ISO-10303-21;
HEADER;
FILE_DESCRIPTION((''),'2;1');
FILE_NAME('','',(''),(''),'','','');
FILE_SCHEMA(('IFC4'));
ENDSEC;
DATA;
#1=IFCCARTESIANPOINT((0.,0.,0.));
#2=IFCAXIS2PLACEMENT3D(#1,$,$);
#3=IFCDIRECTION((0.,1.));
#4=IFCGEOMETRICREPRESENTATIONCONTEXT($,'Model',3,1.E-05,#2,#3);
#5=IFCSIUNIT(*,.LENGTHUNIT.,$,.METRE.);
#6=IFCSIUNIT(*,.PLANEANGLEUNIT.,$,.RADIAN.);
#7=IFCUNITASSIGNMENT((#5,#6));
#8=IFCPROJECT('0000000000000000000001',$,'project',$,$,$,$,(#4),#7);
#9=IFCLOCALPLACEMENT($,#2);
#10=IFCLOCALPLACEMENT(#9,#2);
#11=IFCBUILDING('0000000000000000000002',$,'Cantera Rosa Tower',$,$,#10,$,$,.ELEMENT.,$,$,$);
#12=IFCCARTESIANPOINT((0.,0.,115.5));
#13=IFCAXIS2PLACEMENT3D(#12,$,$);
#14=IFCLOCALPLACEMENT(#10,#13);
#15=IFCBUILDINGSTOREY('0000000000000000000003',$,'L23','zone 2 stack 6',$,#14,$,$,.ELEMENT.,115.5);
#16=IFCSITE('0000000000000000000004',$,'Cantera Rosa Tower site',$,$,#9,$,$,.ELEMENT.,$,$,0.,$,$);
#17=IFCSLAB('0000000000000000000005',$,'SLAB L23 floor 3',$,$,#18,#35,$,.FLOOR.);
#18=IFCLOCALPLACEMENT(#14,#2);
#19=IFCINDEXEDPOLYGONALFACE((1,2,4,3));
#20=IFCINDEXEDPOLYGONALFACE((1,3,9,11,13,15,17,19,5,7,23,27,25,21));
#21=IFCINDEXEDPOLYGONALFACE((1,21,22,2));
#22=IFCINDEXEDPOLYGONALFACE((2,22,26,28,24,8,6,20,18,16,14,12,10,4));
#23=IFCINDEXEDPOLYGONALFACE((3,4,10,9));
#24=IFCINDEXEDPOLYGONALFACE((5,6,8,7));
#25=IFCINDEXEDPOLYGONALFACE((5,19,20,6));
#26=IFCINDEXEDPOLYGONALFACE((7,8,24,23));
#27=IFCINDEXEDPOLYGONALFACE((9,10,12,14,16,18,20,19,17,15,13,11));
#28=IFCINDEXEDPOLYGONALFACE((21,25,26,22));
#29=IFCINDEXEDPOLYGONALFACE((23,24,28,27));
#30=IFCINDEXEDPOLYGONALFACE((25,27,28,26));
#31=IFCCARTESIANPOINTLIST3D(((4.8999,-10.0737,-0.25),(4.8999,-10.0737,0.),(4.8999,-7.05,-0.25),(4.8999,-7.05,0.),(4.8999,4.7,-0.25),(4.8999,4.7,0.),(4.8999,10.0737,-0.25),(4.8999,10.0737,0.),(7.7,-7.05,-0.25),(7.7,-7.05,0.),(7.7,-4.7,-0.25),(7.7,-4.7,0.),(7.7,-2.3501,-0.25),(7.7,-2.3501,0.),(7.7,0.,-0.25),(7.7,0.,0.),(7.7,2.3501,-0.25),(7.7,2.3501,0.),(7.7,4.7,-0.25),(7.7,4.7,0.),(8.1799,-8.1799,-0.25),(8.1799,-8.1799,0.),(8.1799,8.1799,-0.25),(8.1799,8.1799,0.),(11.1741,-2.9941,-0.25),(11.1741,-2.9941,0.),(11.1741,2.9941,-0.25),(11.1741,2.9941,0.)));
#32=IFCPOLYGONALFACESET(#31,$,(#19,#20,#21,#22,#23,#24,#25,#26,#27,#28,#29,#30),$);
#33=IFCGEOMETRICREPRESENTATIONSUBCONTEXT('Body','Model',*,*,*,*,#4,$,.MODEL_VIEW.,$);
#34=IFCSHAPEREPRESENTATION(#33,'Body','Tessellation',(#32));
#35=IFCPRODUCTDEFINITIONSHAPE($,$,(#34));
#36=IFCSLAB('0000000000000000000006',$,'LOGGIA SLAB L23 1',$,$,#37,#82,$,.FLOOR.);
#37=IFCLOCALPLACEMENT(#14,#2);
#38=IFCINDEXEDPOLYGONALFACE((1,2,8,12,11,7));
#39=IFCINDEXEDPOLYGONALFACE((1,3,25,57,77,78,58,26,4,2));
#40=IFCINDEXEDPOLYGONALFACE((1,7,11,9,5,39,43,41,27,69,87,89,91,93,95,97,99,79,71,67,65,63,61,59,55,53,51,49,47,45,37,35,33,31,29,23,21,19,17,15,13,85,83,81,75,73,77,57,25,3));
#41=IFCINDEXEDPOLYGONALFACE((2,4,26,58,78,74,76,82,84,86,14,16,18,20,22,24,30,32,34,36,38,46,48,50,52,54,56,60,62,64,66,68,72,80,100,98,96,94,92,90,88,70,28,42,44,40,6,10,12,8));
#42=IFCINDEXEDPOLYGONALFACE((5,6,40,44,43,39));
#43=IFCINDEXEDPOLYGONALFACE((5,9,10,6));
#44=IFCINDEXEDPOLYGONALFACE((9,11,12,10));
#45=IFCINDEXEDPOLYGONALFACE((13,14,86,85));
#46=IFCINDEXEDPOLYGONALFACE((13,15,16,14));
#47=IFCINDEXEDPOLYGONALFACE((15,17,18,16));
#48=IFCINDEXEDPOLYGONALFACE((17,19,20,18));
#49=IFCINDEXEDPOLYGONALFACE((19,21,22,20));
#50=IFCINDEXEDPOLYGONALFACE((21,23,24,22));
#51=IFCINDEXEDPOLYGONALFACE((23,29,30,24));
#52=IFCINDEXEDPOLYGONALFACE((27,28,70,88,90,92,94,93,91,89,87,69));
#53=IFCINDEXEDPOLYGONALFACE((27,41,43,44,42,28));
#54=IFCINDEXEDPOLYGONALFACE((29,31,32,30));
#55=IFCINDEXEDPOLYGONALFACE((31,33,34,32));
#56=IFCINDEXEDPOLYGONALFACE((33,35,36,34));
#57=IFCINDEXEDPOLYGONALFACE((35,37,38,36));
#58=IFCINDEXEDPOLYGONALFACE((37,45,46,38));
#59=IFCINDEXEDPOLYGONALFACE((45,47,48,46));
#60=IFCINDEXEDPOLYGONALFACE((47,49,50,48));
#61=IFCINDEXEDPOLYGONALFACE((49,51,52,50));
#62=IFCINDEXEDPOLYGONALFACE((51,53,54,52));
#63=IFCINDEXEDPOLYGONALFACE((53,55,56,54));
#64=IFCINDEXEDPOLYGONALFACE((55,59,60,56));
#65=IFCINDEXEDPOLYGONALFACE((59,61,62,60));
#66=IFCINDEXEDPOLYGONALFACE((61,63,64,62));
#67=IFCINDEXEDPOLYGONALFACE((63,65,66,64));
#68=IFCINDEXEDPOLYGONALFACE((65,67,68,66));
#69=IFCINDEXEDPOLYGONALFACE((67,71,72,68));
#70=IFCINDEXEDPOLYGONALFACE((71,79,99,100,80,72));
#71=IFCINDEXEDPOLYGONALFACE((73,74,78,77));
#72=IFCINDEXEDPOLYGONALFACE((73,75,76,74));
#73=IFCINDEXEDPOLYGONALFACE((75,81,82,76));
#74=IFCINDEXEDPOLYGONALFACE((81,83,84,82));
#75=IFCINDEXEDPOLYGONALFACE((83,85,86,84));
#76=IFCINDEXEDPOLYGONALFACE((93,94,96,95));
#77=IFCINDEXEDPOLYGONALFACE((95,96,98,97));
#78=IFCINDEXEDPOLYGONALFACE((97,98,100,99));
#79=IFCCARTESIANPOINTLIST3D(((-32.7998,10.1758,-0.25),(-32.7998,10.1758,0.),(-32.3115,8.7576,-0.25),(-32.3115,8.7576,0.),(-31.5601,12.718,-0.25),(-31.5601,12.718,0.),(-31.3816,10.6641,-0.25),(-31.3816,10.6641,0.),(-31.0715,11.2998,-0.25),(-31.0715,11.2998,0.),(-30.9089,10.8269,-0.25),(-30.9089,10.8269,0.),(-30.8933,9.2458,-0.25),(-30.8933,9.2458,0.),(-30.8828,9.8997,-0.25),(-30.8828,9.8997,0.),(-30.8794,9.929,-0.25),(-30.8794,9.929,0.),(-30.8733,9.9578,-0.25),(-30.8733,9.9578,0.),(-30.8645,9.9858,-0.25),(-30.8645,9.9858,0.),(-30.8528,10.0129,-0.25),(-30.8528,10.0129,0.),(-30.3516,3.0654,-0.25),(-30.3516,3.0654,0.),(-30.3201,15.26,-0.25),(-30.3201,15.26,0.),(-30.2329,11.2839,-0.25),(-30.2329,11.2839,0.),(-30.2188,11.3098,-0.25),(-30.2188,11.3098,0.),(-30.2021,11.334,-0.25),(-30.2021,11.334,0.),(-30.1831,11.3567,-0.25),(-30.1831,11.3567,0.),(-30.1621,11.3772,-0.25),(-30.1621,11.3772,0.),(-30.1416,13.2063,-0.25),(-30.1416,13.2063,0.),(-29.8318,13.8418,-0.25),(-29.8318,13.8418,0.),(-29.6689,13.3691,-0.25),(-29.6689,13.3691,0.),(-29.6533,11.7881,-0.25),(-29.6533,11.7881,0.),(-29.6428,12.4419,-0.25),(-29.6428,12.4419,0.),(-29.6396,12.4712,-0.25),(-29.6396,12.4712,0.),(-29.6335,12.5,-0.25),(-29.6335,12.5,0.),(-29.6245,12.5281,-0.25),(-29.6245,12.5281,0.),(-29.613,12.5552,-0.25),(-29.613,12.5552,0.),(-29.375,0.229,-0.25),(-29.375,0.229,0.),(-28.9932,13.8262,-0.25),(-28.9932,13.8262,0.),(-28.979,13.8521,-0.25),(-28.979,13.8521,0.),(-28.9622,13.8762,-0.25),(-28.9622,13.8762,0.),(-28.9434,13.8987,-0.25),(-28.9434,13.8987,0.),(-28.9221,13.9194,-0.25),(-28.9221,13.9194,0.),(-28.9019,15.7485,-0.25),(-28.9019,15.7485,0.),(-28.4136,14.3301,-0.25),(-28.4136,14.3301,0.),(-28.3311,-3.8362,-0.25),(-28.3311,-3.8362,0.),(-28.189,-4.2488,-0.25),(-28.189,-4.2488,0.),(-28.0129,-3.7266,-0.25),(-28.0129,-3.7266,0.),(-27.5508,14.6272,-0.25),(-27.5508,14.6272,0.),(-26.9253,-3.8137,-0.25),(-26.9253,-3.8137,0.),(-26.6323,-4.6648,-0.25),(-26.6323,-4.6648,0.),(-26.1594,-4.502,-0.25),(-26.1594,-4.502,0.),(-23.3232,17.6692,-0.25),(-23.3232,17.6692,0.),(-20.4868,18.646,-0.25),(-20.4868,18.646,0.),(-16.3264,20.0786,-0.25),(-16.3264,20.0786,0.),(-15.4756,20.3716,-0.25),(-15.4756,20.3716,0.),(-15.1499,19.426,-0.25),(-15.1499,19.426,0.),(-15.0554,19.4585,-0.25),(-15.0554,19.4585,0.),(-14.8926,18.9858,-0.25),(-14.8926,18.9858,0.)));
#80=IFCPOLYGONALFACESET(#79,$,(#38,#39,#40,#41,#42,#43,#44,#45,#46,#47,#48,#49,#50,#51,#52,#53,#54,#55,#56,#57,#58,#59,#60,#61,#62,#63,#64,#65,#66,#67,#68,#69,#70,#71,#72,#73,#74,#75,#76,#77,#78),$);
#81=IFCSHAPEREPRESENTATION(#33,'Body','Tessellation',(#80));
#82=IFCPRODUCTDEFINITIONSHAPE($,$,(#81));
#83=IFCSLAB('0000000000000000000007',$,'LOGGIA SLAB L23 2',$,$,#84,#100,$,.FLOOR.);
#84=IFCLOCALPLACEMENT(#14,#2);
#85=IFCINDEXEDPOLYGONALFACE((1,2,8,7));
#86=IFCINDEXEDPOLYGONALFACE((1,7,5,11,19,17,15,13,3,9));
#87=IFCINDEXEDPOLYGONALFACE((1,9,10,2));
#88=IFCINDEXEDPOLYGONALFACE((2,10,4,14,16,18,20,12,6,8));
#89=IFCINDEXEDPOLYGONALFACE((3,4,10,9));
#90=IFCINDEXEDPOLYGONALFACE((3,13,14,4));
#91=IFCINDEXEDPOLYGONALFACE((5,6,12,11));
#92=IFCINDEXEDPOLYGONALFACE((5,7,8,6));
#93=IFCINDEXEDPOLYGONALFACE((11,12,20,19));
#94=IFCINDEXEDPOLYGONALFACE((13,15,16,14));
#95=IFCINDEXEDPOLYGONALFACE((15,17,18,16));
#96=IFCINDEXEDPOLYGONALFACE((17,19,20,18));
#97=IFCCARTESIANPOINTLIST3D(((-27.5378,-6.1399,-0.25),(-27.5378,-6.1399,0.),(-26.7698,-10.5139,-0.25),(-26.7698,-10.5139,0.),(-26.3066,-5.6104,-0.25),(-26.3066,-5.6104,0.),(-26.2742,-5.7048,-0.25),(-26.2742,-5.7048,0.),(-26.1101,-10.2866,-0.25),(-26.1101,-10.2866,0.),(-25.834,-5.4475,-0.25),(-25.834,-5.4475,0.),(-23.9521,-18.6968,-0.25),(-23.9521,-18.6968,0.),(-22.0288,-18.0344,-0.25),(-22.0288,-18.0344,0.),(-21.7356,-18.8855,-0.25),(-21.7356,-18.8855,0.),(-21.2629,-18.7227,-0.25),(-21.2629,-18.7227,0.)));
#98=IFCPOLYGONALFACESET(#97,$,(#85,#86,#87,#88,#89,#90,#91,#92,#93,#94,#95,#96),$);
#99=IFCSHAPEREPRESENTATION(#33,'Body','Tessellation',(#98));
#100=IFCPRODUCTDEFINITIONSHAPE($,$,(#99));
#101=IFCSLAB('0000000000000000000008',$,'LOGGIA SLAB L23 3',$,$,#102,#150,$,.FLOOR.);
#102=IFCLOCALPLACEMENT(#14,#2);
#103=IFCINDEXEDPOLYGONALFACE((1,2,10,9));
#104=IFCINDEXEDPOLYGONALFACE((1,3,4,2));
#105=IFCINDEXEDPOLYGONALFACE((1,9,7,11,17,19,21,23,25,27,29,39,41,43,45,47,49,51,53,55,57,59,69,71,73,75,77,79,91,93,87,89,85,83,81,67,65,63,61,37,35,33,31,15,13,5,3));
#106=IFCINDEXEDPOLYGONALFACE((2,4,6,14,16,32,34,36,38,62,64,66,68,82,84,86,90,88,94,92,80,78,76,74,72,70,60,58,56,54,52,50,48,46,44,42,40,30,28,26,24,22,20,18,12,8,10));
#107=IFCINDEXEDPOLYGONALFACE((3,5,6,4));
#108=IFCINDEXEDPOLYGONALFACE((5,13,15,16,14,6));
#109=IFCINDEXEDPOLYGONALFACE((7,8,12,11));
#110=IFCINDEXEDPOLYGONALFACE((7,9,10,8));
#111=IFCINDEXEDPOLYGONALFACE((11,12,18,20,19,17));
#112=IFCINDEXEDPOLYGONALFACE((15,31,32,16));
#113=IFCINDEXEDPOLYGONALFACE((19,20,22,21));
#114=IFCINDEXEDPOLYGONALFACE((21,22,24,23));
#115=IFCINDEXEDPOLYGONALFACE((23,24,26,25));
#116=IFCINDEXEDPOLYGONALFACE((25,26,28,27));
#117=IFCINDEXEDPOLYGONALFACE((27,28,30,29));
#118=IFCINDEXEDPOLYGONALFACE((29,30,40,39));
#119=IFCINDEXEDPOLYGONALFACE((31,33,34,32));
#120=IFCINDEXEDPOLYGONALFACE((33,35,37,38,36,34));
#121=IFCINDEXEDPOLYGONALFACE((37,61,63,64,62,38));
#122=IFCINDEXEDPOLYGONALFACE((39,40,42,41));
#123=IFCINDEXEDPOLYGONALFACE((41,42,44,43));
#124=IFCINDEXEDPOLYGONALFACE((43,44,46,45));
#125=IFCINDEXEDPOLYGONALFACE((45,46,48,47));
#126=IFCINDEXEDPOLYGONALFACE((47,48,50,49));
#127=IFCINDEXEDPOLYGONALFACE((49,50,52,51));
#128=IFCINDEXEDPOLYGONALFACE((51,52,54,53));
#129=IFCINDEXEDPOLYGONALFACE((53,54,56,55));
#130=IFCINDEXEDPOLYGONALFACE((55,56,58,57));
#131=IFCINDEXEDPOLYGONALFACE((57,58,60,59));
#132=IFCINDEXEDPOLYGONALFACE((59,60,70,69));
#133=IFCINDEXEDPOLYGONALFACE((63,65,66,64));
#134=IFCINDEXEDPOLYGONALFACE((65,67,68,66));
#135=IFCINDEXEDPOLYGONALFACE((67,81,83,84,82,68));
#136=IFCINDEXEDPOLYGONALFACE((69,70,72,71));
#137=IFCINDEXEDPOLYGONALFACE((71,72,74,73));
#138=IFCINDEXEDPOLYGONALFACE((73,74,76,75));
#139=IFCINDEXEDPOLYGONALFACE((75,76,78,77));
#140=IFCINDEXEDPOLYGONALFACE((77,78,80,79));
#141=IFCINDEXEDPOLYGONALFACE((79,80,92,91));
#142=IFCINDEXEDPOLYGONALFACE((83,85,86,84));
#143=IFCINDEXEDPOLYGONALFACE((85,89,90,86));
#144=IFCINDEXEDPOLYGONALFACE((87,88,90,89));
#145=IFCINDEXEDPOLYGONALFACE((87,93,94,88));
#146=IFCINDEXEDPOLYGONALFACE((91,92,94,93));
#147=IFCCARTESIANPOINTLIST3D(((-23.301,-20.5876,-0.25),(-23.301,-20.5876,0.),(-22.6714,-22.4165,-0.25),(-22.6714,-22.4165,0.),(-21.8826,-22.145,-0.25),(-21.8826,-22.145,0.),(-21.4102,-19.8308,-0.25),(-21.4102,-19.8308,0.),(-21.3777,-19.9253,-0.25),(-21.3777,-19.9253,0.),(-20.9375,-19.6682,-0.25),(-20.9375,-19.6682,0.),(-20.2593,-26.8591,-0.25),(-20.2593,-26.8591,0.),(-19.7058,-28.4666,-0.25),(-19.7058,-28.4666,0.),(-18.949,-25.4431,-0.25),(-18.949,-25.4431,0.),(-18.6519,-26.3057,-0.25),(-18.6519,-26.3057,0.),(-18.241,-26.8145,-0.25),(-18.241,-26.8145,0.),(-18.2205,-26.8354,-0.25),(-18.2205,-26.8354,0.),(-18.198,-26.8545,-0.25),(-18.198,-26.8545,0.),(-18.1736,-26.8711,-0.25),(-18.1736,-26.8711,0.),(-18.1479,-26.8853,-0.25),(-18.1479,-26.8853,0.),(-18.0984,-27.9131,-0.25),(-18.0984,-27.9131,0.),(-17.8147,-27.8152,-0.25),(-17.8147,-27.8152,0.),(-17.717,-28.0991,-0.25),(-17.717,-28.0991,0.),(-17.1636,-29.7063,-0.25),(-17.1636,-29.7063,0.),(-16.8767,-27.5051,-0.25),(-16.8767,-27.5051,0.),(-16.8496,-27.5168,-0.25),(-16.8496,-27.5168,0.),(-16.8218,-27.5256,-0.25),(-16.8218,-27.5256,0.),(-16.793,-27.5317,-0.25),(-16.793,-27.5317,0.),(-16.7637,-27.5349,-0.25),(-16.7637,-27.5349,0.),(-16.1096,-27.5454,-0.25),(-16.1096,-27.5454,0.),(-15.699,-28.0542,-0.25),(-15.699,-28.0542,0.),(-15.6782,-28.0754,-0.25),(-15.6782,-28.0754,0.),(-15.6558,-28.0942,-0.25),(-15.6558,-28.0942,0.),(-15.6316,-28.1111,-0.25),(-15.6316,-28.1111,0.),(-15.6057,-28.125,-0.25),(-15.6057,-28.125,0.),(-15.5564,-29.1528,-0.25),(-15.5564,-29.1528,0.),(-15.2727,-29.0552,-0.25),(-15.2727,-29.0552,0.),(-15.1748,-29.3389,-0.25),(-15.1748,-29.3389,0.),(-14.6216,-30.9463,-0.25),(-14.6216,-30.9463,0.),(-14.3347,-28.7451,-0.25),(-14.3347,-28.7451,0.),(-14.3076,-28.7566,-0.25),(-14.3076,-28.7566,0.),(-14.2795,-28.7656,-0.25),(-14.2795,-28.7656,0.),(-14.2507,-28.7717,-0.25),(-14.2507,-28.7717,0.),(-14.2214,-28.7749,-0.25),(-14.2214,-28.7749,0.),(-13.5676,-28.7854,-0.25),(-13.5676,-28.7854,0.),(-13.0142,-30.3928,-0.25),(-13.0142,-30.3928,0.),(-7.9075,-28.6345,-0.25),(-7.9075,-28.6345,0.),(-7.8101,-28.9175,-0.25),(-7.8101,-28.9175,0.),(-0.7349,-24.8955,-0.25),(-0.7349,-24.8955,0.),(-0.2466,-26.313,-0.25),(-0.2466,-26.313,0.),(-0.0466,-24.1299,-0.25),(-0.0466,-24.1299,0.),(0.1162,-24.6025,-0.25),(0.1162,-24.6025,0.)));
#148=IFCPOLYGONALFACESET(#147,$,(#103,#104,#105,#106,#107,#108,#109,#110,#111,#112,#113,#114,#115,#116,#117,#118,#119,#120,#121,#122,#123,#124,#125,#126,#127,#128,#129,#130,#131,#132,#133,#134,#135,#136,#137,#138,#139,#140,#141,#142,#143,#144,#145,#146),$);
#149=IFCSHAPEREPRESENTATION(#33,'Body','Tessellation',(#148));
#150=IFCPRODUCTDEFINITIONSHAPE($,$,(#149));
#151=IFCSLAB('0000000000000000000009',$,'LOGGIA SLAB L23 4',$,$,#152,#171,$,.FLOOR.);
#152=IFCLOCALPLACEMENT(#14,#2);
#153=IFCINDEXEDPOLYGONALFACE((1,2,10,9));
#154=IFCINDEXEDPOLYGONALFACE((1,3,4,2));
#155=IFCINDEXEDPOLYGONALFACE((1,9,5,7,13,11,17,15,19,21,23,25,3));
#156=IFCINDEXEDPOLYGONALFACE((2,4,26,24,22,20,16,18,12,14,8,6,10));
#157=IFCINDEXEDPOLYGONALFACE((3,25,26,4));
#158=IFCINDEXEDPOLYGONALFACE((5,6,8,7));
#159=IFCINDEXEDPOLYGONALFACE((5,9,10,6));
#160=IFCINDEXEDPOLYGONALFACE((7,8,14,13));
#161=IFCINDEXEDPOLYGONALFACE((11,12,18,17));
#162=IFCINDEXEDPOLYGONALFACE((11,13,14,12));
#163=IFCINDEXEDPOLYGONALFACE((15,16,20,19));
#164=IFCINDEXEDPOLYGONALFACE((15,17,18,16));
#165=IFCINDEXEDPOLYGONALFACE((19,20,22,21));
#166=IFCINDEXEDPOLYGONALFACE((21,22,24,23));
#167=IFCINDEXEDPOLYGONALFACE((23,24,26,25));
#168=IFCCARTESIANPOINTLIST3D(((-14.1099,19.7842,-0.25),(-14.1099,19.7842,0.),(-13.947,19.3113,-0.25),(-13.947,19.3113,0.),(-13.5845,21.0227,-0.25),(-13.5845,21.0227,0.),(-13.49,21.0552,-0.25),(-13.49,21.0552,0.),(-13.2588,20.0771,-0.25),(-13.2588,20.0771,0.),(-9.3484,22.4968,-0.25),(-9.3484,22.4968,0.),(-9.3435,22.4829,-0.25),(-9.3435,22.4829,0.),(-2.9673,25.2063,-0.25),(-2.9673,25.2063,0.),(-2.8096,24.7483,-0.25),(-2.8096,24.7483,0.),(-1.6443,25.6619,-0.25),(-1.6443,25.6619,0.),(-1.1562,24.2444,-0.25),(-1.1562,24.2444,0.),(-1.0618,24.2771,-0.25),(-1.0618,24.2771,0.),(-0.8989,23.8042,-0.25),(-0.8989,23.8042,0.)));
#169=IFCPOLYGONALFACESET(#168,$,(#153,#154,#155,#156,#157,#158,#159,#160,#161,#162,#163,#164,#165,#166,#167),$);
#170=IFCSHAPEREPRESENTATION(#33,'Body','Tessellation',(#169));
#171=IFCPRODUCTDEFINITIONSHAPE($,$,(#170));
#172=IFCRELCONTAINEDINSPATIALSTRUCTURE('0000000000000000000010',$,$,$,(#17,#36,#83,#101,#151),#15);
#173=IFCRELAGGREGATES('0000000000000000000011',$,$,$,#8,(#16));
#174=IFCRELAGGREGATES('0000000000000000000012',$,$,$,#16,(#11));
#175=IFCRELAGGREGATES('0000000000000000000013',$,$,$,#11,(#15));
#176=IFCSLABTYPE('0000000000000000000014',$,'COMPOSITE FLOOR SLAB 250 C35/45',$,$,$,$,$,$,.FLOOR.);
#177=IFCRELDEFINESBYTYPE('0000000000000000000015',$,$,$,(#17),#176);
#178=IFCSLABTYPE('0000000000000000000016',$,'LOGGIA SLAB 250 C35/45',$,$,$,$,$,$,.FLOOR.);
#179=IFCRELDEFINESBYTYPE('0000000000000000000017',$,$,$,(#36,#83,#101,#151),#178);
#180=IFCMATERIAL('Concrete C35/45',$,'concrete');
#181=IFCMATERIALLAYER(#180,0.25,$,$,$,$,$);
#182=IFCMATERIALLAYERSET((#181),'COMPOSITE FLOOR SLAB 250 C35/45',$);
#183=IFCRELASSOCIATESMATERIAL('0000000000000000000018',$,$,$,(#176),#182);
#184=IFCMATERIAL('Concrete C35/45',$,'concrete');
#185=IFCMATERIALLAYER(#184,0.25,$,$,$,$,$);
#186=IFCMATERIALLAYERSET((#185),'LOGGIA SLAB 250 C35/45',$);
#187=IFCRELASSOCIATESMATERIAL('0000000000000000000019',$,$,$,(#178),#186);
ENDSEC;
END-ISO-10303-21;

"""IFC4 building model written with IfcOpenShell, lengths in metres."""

from ifc_helpers import new_model, si_unit, direction, frame, origin, place, context, subcontext, project, spatial, polyline, outline, extrude, material, layer, layer_set, type_object, element, save


model = new_model("IFC4")

# Units and contexts
model_context = context("Model", 3, precision=1e-05, world=origin(), true_north=direction((0.0, 1.0)))
body_context = subcontext(model_context, "Body", "Model", "MODEL_VIEW")
ifc_project = project(units=[si_unit("LENGTHUNIT", "METRE"), si_unit("PLANEANGLEUNIT", "RADIAN")], contexts=[model_context])

# Site, building, storey
site_placement = place(None, origin())
site = spatial("IfcSite", under=ifc_project, at=site_placement, Name="Cantera Rosa Tower site", CompositionType="ELEMENT", RefElevation=0.0)
building_placement = place(site_placement, origin())
building = spatial("IfcBuilding", under=site, at=building_placement, Name="Cantera Rosa Tower", CompositionType="ELEMENT")
storey_placement = place(building_placement, frame((0.0, 0.0, 115.5)))
storey = spatial("IfcBuildingStorey", under=building, at=storey_placement, Name="L23", Description="zone 2 stack 6", CompositionType="ELEMENT", Elevation=115.5)

# Slabs
ifc_material_1 = material(Name="Concrete C35/45", Category="concrete")
ifc_layer_1 = layer(ifc_material_1, 0.25)
ifc_layer_set_1 = layer_set([ifc_layer_1], Name="COMPOSITE FLOOR SLAB 250 C35/45")
slab_type_1 = type_object("IfcSlabType", Name="COMPOSITE FLOOR SLAB 250 C35/45", PredefinedType="FLOOR", material=ifc_layer_set_1)
slab_1_placement = place(storey_placement, frame((0.0, 0.0, -0.25)))
element("IfcSlab", 1, at=slab_1_placement, inside=storey, type_object=slab_type_1, Name="SLAB L23 floor 3", PredefinedType="FLOOR", context=body_context, shape_type="SweptSolid", body=[
    extrude(outline(polyline([(7.7, 0.0), (7.7, 2.3501), (7.7, 4.7), (4.8999, 4.7), (4.8999, 10.0737), (8.1799, 8.1799), (11.1741, 2.9941), (11.1741, -2.9941), (8.1799, -8.1799), (4.8999, -10.0737), (4.8999, -7.05), (7.7, -7.05), (7.7, -4.7), (7.7, -2.3501), (7.7, 0.0)])), origin(), (0.0, 0.0, 1.0), 0.25),
])
ifc_material_2 = material(Name="Concrete C35/45", Category="concrete")
ifc_layer_2 = layer(ifc_material_2, 0.25)
ifc_layer_set_2 = layer_set([ifc_layer_2], Name="LOGGIA SLAB 250 C35/45")
slab_type_2 = type_object("IfcSlabType", Name="LOGGIA SLAB 250 C35/45", PredefinedType="FLOOR", material=ifc_layer_set_2)
slab_2_placement = place(storey_placement, frame((0.0, 0.0, -0.25)))
element("IfcSlab", 2, at=slab_2_placement, inside=storey, type_object=slab_type_2, Name="LOGGIA SLAB L23 1", PredefinedType="FLOOR", context=body_context, shape_type="SweptSolid", body=[
    extrude(outline(polyline([(-29.375, 0.229), (-30.3516, 3.0654), (-32.3115, 8.7576), (-32.7998, 10.1758), (-31.3816, 10.6641), (-30.9089, 10.8269), (-31.0715, 11.2998), (-31.5601, 12.718), (-30.1416, 13.2063), (-29.6689, 13.3691), (-29.8318, 13.8418), (-30.3201, 15.26), (-28.9019, 15.7485), (-23.3232, 17.6692), (-20.4868, 18.646), (-16.3264, 20.0786), (-15.4756, 20.3716), (-15.1499, 19.426), (-15.0554, 19.4585), (-14.8926, 18.9858), (-27.5508, 14.6272), (-28.4136, 14.3301), (-28.9221, 13.9194), (-28.9434, 13.8987), (-28.9622, 13.8762), (-28.979, 13.8521), (-28.9932, 13.8262), (-29.613, 12.5552), (-29.6245, 12.5281), (-29.6335, 12.5), (-29.6396, 12.4712), (-29.6428, 12.4419), (-29.6533, 11.7881), (-30.1621, 11.3772), (-30.1831, 11.3567), (-30.2021, 11.334), (-30.2188, 11.3098), (-30.2329, 11.2839), (-30.8528, 10.0129), (-30.8645, 9.9858), (-30.8733, 9.9578), (-30.8794, 9.929), (-30.8828, 9.8997), (-30.8933, 9.2458), (-26.1594, -4.502), (-26.6323, -4.6648), (-26.9253, -3.8137), (-28.189, -4.2488), (-28.3311, -3.8362), (-28.0129, -3.7266), (-29.375, 0.229)])), origin(), (0.0, 0.0, 1.0), 0.25),
])
slab_3_placement = place(storey_placement, frame((0.0, 0.0, -0.25)))
element("IfcSlab", 3, at=slab_3_placement, inside=storey, type_object=slab_type_2, Name="LOGGIA SLAB L23 2", PredefinedType="FLOOR", context=body_context, shape_type="SweptSolid", body=[
    extrude(outline(polyline([(-27.5378, -6.1399), (-26.2742, -5.7048), (-26.3066, -5.6104), (-25.834, -5.4475), (-21.2629, -18.7227), (-21.7356, -18.8855), (-22.0288, -18.0344), (-23.9521, -18.6968), (-26.7698, -10.5139), (-26.1101, -10.2866), (-27.5378, -6.1399)])), origin(), (0.0, 0.0, 1.0), 0.25),
])
slab_4_placement = place(storey_placement, frame((0.0, 0.0, -0.25)))
element("IfcSlab", 4, at=slab_4_placement, inside=storey, type_object=slab_type_2, Name="LOGGIA SLAB L23 3", PredefinedType="FLOOR", context=body_context, shape_type="SweptSolid", body=[
    extrude(outline(polyline([(-13.0142, -30.3928), (-14.6216, -30.9463), (-15.1748, -29.3389), (-15.2727, -29.0552), (-15.5564, -29.1528), (-17.1636, -29.7063), (-17.717, -28.0991), (-17.8147, -27.8152), (-18.0984, -27.9131), (-19.7058, -28.4666), (-20.2593, -26.8591), (-21.8826, -22.145), (-22.6714, -22.4165), (-23.301, -20.5876), (-21.3777, -19.9253), (-21.4102, -19.8308), (-20.9375, -19.6682), (-18.949, -25.4431), (-18.6519, -26.3057), (-18.241, -26.8145), (-18.2205, -26.8354), (-18.198, -26.8545), (-18.1736, -26.8711), (-18.1479, -26.8853), (-16.8767, -27.5051), (-16.8496, -27.5168), (-16.8218, -27.5256), (-16.793, -27.5317), (-16.7637, -27.5349), (-16.1096, -27.5454), (-15.699, -28.0542), (-15.6782, -28.0754), (-15.6558, -28.0942), (-15.6316, -28.1111), (-15.6057, -28.125), (-14.3347, -28.7451), (-14.3076, -28.7566), (-14.2795, -28.7656), (-14.2507, -28.7717), (-14.2214, -28.7749), (-13.5676, -28.7854), (-0.0466, -24.1299), (0.1162, -24.6025), (-0.7349, -24.8955), (-0.2466, -26.313), (-7.8101, -28.9175), (-7.9075, -28.6345), (-13.0142, -30.3928)])), origin(), (0.0, 0.0, 1.0), 0.25),
])
slab_5_placement = place(storey_placement, frame((0.0, 0.0, -0.25)))
element("IfcSlab", 5, at=slab_5_placement, inside=storey, type_object=slab_type_2, Name="LOGGIA SLAB L23 4", PredefinedType="FLOOR", context=body_context, shape_type="SweptSolid", body=[
    extrude(outline(polyline([(-9.3484, 22.4968), (-2.8096, 24.7483), (-2.9673, 25.2063), (-1.6443, 25.6619), (-1.1562, 24.2444), (-1.0618, 24.2771), (-0.8989, 23.8042), (-13.947, 19.3113), (-14.1099, 19.7842), (-13.2588, 20.0771), (-13.5845, 21.0227), (-13.49, 21.0552), (-9.3435, 22.4829), (-9.3484, 22.4968)])), origin(), (0.0, 0.0, 1.0), 0.25),
])

save(model, "model.ifc")
